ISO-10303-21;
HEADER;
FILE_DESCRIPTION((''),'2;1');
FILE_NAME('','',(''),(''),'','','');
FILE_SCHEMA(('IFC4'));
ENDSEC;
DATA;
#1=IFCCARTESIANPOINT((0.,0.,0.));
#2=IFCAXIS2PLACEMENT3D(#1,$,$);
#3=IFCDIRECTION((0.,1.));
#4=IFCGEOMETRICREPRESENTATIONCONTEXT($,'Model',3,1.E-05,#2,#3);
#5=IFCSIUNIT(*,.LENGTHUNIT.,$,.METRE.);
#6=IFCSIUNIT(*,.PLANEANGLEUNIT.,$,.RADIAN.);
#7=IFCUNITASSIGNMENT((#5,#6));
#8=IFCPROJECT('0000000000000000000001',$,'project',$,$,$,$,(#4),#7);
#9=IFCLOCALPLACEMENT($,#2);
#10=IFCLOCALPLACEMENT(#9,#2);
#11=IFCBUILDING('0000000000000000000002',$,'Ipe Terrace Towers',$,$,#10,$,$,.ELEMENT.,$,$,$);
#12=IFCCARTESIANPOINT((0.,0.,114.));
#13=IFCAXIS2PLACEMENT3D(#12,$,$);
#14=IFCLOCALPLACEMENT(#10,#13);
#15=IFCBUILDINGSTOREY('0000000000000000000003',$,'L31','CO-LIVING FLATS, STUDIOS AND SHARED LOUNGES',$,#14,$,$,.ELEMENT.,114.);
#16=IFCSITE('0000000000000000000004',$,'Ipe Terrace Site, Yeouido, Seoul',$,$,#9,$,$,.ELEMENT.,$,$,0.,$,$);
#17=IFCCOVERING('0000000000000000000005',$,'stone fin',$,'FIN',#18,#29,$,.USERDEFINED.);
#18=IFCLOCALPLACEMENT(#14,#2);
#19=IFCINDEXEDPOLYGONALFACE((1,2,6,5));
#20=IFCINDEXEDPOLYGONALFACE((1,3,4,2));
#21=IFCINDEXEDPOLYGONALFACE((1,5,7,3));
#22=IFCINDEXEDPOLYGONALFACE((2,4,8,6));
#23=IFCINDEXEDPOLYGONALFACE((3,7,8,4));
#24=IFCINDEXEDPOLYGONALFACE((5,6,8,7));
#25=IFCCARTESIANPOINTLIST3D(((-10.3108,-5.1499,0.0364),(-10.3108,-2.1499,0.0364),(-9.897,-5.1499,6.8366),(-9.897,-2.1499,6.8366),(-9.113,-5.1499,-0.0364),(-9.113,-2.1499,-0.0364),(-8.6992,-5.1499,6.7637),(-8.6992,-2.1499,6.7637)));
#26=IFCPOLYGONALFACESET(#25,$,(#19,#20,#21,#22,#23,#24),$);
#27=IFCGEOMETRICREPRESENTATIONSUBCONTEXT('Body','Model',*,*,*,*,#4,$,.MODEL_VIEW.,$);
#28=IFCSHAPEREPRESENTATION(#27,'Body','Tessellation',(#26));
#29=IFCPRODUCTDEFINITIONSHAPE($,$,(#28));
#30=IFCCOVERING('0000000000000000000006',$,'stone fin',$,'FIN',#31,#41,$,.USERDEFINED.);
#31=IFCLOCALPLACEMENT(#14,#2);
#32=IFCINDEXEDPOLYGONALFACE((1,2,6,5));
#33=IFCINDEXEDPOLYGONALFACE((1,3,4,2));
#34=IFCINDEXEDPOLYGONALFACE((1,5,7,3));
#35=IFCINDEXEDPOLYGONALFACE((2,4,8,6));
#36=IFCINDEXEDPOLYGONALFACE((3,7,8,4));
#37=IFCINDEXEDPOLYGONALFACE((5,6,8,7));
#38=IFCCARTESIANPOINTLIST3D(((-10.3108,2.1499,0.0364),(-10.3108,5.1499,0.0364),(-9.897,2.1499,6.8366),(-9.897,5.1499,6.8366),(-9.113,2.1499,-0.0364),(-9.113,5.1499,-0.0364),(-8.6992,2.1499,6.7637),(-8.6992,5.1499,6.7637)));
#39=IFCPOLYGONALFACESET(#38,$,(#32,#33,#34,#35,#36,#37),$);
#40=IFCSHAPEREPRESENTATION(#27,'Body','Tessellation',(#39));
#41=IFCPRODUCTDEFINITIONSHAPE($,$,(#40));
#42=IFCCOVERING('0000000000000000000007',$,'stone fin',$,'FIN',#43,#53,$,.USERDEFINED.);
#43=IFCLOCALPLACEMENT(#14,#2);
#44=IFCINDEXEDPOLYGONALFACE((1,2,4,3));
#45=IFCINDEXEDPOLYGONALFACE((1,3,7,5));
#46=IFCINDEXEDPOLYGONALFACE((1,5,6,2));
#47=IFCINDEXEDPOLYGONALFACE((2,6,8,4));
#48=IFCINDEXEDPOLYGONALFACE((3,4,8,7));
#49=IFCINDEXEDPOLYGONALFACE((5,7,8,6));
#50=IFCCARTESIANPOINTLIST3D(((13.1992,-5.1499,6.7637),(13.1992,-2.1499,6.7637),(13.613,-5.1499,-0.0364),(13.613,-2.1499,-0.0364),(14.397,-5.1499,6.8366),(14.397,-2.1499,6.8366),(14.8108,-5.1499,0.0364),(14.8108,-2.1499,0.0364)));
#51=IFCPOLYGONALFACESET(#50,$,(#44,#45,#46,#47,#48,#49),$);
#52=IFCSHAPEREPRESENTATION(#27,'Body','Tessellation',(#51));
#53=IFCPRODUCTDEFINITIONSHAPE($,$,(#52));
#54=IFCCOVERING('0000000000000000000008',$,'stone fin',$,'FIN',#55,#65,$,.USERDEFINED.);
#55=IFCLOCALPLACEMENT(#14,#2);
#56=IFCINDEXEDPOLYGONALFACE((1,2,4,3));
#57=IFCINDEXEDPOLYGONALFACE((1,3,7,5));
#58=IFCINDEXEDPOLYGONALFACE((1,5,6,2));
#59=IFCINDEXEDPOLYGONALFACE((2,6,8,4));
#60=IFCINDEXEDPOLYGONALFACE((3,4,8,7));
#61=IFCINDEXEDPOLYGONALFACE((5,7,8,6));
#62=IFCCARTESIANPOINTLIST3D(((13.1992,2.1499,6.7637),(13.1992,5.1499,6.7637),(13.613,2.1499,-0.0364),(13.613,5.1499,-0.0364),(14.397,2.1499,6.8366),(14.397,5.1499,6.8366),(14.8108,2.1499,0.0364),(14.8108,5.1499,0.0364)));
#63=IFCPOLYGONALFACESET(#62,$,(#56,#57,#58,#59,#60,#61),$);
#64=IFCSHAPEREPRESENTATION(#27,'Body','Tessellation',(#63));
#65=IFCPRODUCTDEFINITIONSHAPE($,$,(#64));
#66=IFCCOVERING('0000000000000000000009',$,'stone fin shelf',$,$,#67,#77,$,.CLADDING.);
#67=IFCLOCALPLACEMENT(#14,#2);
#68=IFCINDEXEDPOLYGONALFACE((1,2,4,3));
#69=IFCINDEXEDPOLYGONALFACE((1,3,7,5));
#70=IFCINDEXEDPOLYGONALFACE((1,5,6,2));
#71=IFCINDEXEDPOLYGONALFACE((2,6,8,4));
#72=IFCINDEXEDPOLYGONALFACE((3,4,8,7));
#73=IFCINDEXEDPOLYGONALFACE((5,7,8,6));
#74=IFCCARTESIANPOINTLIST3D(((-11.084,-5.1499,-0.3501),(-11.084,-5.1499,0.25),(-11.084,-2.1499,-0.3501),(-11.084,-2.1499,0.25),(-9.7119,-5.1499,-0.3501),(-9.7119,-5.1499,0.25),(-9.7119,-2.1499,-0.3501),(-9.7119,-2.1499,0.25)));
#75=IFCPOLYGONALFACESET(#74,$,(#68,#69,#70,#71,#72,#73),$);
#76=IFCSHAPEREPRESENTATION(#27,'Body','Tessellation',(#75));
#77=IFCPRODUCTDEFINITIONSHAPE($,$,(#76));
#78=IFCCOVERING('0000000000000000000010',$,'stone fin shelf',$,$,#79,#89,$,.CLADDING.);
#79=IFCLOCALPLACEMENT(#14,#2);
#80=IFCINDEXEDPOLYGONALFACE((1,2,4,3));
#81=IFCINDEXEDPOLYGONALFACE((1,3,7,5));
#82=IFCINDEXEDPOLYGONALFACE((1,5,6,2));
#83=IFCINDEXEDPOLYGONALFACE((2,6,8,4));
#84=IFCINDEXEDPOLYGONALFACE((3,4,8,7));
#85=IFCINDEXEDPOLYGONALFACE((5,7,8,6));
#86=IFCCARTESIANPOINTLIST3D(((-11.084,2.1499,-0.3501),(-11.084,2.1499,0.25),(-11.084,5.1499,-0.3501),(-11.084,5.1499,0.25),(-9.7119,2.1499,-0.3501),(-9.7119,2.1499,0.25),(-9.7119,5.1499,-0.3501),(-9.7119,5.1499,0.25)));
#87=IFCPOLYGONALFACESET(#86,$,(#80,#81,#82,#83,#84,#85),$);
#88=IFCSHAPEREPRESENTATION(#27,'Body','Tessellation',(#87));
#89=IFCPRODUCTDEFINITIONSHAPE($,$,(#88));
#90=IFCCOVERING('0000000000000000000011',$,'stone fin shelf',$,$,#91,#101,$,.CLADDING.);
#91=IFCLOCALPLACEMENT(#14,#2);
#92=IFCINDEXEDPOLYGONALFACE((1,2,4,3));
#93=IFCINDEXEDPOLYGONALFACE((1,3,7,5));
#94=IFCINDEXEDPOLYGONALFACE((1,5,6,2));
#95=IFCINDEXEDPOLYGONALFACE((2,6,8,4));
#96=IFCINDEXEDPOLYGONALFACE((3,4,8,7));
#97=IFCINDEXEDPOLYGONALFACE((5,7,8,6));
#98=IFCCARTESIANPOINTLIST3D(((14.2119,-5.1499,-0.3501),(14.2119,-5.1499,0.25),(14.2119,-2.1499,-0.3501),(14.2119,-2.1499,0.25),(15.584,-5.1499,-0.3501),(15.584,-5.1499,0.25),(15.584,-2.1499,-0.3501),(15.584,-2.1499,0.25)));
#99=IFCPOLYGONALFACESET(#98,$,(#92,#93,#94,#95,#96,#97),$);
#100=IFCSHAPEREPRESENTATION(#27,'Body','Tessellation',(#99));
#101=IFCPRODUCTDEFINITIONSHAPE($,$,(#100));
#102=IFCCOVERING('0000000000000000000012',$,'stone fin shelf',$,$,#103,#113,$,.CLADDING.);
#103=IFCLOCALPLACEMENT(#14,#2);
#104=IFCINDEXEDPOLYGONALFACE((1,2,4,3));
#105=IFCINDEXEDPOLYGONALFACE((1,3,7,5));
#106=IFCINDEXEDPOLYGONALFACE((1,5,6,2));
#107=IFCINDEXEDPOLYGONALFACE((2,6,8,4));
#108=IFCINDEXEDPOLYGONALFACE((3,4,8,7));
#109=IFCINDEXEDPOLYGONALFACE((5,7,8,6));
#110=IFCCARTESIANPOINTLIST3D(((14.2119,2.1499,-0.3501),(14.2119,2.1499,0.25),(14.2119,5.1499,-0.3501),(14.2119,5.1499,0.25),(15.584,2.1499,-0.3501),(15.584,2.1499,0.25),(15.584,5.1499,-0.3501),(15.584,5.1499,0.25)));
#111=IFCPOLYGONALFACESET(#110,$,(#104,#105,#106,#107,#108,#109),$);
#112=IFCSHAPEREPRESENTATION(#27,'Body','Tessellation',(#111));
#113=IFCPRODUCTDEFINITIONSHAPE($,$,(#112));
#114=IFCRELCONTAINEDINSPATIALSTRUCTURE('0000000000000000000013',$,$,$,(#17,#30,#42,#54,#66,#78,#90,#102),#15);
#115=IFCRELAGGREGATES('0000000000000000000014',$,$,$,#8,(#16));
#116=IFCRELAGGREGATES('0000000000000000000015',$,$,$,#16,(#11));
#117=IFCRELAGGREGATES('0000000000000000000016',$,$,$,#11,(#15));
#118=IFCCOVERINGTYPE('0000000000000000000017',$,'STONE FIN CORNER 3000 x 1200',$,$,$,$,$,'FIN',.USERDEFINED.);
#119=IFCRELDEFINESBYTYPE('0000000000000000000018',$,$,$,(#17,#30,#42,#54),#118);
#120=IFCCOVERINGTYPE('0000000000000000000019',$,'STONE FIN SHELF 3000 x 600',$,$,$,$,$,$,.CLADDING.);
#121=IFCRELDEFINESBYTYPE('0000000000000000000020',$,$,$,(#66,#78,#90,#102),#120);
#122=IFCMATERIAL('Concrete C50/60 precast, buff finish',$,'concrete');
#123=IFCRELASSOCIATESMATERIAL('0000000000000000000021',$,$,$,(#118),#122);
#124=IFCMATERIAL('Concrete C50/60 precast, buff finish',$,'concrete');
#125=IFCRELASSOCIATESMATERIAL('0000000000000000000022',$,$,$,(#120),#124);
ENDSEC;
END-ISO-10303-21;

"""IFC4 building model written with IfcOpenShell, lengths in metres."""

from ifc_helpers import new_model, si_unit, direction, frame, origin, origin_2d, place, context, subcontext, project, spatial, rectangle, extrude, material, material_profile, profile_set, type_object, element, save


model = new_model("IFC4")

# Units and contexts
model_context = context("Model", 3, precision=1e-05, world=origin(), true_north=direction((0.0, 1.0)))
body_context = subcontext(model_context, "Body", "Model", "MODEL_VIEW")
ifc_project = project(units=[si_unit("LENGTHUNIT", "METRE"), si_unit("PLANEANGLEUNIT", "RADIAN")], contexts=[model_context])

# Site, building, storey
site_placement = place(None, origin())
site = spatial("IfcSite", under=ifc_project, at=site_placement, Name="Ipe Terrace Site, Yeouido, Seoul", CompositionType="ELEMENT", RefElevation=0.0)
building_placement = place(site_placement, origin())
building = spatial("IfcBuilding", under=site, at=building_placement, Name="Ipe Terrace Towers", CompositionType="ELEMENT")
storey_placement = place(building_placement, frame((0.0, 0.0, 114.0)))
storey = spatial("IfcBuildingStorey", under=building, at=storey_placement, Name="L31", Description="CO-LIVING FLATS, STUDIOS AND SHARED LOUNGES", CompositionType="ELEMENT", Elevation=114.0)

# Coverings
ifc_material_1 = material(Name="Concrete C50/60 precast, buff finish", Category="concrete")
ifc_material_profile_1 = material_profile(ifc_material_1, rectangle(XDim=3.0, YDim=1.2, at=origin_2d()), Name="STONE FIN CORNER 3000 x 1200")
ifc_profile_set_1 = profile_set([ifc_material_profile_1], Name="Concrete C50/60 precast, buff finish")
covering_type_1 = type_object("IfcCoveringType", Name="STONE FIN CORNER 3000 x 1200", ElementType="FIN", PredefinedType="USERDEFINED", material=ifc_profile_set_1)
for number, where, z_axis, x_axis, name in (
    (1, (-9.7119, -3.6499, 0.0), (0.060743, 0.0, 0.998153), (0.0, 1.0, 0.0), "stone fin"),
    (2, (-9.7119, 3.6499, 0.0), (0.060743, 0.0, 0.998153), (0.0, 1.0, 0.0), "stone fin"),
    (3, (14.2119, -3.6499, 0.0), (-0.060743, 0.0, 0.998153), (0.0, -1.0, 0.0), "stone fin"),
    (4, (14.2119, 3.6499, 0.0), (-0.060743, 0.0, 0.998153), (0.0, -1.0, 0.0), "stone fin"),
):
    element("IfcCovering", number, at=place(storey_placement, frame(where, z_axis=z_axis, x_axis=x_axis)), inside=storey, type_object=covering_type_1, Name=name, ObjectType="FIN", PredefinedType="USERDEFINED", context=body_context, shape_type="SweptSolid", body=[
        extrude(rectangle(XDim=3.0, YDim=1.2, at=origin_2d()), origin(), (0.0, 0.0, 1.0), 6.8127),
    ])
ifc_material_2 = material(Name="Concrete C50/60 precast, buff finish", Category="concrete")
covering_type_2 = type_object("IfcCoveringType", Name="STONE FIN SHELF 3000 x 600", PredefinedType="CLADDING", material=ifc_material_2)
for number, where, z_axis, x_axis, name in (
    (5, (-10.3979, -3.6499, -0.3501), (0.0, 0.0, 1.0), (0.0, 1.0, 0.0), "stone fin shelf"),
    (6, (-10.3979, 3.6499, -0.3501), (0.0, 0.0, 1.0), (0.0, 1.0, 0.0), "stone fin shelf"),
    (7, (14.8979, -3.6499, -0.3501), (0.0, 0.0, 1.0), (0.0, -1.0, 0.0), "stone fin shelf"),
    (8, (14.8979, 3.6499, -0.3501), (0.0, 0.0, 1.0), (0.0, -1.0, 0.0), "stone fin shelf"),
):
    element("IfcCovering", number, at=place(storey_placement, frame(where, z_axis=z_axis, x_axis=x_axis)), inside=storey, type_object=covering_type_2, Name=name, PredefinedType="CLADDING", context=body_context, shape_type="SweptSolid", body=[
        extrude(rectangle(XDim=3.0, YDim=1.3721, at=origin_2d()), origin(), (0.0, 0.0, 1.0), 0.6001),
    ])

save(model, "model.ifc")
